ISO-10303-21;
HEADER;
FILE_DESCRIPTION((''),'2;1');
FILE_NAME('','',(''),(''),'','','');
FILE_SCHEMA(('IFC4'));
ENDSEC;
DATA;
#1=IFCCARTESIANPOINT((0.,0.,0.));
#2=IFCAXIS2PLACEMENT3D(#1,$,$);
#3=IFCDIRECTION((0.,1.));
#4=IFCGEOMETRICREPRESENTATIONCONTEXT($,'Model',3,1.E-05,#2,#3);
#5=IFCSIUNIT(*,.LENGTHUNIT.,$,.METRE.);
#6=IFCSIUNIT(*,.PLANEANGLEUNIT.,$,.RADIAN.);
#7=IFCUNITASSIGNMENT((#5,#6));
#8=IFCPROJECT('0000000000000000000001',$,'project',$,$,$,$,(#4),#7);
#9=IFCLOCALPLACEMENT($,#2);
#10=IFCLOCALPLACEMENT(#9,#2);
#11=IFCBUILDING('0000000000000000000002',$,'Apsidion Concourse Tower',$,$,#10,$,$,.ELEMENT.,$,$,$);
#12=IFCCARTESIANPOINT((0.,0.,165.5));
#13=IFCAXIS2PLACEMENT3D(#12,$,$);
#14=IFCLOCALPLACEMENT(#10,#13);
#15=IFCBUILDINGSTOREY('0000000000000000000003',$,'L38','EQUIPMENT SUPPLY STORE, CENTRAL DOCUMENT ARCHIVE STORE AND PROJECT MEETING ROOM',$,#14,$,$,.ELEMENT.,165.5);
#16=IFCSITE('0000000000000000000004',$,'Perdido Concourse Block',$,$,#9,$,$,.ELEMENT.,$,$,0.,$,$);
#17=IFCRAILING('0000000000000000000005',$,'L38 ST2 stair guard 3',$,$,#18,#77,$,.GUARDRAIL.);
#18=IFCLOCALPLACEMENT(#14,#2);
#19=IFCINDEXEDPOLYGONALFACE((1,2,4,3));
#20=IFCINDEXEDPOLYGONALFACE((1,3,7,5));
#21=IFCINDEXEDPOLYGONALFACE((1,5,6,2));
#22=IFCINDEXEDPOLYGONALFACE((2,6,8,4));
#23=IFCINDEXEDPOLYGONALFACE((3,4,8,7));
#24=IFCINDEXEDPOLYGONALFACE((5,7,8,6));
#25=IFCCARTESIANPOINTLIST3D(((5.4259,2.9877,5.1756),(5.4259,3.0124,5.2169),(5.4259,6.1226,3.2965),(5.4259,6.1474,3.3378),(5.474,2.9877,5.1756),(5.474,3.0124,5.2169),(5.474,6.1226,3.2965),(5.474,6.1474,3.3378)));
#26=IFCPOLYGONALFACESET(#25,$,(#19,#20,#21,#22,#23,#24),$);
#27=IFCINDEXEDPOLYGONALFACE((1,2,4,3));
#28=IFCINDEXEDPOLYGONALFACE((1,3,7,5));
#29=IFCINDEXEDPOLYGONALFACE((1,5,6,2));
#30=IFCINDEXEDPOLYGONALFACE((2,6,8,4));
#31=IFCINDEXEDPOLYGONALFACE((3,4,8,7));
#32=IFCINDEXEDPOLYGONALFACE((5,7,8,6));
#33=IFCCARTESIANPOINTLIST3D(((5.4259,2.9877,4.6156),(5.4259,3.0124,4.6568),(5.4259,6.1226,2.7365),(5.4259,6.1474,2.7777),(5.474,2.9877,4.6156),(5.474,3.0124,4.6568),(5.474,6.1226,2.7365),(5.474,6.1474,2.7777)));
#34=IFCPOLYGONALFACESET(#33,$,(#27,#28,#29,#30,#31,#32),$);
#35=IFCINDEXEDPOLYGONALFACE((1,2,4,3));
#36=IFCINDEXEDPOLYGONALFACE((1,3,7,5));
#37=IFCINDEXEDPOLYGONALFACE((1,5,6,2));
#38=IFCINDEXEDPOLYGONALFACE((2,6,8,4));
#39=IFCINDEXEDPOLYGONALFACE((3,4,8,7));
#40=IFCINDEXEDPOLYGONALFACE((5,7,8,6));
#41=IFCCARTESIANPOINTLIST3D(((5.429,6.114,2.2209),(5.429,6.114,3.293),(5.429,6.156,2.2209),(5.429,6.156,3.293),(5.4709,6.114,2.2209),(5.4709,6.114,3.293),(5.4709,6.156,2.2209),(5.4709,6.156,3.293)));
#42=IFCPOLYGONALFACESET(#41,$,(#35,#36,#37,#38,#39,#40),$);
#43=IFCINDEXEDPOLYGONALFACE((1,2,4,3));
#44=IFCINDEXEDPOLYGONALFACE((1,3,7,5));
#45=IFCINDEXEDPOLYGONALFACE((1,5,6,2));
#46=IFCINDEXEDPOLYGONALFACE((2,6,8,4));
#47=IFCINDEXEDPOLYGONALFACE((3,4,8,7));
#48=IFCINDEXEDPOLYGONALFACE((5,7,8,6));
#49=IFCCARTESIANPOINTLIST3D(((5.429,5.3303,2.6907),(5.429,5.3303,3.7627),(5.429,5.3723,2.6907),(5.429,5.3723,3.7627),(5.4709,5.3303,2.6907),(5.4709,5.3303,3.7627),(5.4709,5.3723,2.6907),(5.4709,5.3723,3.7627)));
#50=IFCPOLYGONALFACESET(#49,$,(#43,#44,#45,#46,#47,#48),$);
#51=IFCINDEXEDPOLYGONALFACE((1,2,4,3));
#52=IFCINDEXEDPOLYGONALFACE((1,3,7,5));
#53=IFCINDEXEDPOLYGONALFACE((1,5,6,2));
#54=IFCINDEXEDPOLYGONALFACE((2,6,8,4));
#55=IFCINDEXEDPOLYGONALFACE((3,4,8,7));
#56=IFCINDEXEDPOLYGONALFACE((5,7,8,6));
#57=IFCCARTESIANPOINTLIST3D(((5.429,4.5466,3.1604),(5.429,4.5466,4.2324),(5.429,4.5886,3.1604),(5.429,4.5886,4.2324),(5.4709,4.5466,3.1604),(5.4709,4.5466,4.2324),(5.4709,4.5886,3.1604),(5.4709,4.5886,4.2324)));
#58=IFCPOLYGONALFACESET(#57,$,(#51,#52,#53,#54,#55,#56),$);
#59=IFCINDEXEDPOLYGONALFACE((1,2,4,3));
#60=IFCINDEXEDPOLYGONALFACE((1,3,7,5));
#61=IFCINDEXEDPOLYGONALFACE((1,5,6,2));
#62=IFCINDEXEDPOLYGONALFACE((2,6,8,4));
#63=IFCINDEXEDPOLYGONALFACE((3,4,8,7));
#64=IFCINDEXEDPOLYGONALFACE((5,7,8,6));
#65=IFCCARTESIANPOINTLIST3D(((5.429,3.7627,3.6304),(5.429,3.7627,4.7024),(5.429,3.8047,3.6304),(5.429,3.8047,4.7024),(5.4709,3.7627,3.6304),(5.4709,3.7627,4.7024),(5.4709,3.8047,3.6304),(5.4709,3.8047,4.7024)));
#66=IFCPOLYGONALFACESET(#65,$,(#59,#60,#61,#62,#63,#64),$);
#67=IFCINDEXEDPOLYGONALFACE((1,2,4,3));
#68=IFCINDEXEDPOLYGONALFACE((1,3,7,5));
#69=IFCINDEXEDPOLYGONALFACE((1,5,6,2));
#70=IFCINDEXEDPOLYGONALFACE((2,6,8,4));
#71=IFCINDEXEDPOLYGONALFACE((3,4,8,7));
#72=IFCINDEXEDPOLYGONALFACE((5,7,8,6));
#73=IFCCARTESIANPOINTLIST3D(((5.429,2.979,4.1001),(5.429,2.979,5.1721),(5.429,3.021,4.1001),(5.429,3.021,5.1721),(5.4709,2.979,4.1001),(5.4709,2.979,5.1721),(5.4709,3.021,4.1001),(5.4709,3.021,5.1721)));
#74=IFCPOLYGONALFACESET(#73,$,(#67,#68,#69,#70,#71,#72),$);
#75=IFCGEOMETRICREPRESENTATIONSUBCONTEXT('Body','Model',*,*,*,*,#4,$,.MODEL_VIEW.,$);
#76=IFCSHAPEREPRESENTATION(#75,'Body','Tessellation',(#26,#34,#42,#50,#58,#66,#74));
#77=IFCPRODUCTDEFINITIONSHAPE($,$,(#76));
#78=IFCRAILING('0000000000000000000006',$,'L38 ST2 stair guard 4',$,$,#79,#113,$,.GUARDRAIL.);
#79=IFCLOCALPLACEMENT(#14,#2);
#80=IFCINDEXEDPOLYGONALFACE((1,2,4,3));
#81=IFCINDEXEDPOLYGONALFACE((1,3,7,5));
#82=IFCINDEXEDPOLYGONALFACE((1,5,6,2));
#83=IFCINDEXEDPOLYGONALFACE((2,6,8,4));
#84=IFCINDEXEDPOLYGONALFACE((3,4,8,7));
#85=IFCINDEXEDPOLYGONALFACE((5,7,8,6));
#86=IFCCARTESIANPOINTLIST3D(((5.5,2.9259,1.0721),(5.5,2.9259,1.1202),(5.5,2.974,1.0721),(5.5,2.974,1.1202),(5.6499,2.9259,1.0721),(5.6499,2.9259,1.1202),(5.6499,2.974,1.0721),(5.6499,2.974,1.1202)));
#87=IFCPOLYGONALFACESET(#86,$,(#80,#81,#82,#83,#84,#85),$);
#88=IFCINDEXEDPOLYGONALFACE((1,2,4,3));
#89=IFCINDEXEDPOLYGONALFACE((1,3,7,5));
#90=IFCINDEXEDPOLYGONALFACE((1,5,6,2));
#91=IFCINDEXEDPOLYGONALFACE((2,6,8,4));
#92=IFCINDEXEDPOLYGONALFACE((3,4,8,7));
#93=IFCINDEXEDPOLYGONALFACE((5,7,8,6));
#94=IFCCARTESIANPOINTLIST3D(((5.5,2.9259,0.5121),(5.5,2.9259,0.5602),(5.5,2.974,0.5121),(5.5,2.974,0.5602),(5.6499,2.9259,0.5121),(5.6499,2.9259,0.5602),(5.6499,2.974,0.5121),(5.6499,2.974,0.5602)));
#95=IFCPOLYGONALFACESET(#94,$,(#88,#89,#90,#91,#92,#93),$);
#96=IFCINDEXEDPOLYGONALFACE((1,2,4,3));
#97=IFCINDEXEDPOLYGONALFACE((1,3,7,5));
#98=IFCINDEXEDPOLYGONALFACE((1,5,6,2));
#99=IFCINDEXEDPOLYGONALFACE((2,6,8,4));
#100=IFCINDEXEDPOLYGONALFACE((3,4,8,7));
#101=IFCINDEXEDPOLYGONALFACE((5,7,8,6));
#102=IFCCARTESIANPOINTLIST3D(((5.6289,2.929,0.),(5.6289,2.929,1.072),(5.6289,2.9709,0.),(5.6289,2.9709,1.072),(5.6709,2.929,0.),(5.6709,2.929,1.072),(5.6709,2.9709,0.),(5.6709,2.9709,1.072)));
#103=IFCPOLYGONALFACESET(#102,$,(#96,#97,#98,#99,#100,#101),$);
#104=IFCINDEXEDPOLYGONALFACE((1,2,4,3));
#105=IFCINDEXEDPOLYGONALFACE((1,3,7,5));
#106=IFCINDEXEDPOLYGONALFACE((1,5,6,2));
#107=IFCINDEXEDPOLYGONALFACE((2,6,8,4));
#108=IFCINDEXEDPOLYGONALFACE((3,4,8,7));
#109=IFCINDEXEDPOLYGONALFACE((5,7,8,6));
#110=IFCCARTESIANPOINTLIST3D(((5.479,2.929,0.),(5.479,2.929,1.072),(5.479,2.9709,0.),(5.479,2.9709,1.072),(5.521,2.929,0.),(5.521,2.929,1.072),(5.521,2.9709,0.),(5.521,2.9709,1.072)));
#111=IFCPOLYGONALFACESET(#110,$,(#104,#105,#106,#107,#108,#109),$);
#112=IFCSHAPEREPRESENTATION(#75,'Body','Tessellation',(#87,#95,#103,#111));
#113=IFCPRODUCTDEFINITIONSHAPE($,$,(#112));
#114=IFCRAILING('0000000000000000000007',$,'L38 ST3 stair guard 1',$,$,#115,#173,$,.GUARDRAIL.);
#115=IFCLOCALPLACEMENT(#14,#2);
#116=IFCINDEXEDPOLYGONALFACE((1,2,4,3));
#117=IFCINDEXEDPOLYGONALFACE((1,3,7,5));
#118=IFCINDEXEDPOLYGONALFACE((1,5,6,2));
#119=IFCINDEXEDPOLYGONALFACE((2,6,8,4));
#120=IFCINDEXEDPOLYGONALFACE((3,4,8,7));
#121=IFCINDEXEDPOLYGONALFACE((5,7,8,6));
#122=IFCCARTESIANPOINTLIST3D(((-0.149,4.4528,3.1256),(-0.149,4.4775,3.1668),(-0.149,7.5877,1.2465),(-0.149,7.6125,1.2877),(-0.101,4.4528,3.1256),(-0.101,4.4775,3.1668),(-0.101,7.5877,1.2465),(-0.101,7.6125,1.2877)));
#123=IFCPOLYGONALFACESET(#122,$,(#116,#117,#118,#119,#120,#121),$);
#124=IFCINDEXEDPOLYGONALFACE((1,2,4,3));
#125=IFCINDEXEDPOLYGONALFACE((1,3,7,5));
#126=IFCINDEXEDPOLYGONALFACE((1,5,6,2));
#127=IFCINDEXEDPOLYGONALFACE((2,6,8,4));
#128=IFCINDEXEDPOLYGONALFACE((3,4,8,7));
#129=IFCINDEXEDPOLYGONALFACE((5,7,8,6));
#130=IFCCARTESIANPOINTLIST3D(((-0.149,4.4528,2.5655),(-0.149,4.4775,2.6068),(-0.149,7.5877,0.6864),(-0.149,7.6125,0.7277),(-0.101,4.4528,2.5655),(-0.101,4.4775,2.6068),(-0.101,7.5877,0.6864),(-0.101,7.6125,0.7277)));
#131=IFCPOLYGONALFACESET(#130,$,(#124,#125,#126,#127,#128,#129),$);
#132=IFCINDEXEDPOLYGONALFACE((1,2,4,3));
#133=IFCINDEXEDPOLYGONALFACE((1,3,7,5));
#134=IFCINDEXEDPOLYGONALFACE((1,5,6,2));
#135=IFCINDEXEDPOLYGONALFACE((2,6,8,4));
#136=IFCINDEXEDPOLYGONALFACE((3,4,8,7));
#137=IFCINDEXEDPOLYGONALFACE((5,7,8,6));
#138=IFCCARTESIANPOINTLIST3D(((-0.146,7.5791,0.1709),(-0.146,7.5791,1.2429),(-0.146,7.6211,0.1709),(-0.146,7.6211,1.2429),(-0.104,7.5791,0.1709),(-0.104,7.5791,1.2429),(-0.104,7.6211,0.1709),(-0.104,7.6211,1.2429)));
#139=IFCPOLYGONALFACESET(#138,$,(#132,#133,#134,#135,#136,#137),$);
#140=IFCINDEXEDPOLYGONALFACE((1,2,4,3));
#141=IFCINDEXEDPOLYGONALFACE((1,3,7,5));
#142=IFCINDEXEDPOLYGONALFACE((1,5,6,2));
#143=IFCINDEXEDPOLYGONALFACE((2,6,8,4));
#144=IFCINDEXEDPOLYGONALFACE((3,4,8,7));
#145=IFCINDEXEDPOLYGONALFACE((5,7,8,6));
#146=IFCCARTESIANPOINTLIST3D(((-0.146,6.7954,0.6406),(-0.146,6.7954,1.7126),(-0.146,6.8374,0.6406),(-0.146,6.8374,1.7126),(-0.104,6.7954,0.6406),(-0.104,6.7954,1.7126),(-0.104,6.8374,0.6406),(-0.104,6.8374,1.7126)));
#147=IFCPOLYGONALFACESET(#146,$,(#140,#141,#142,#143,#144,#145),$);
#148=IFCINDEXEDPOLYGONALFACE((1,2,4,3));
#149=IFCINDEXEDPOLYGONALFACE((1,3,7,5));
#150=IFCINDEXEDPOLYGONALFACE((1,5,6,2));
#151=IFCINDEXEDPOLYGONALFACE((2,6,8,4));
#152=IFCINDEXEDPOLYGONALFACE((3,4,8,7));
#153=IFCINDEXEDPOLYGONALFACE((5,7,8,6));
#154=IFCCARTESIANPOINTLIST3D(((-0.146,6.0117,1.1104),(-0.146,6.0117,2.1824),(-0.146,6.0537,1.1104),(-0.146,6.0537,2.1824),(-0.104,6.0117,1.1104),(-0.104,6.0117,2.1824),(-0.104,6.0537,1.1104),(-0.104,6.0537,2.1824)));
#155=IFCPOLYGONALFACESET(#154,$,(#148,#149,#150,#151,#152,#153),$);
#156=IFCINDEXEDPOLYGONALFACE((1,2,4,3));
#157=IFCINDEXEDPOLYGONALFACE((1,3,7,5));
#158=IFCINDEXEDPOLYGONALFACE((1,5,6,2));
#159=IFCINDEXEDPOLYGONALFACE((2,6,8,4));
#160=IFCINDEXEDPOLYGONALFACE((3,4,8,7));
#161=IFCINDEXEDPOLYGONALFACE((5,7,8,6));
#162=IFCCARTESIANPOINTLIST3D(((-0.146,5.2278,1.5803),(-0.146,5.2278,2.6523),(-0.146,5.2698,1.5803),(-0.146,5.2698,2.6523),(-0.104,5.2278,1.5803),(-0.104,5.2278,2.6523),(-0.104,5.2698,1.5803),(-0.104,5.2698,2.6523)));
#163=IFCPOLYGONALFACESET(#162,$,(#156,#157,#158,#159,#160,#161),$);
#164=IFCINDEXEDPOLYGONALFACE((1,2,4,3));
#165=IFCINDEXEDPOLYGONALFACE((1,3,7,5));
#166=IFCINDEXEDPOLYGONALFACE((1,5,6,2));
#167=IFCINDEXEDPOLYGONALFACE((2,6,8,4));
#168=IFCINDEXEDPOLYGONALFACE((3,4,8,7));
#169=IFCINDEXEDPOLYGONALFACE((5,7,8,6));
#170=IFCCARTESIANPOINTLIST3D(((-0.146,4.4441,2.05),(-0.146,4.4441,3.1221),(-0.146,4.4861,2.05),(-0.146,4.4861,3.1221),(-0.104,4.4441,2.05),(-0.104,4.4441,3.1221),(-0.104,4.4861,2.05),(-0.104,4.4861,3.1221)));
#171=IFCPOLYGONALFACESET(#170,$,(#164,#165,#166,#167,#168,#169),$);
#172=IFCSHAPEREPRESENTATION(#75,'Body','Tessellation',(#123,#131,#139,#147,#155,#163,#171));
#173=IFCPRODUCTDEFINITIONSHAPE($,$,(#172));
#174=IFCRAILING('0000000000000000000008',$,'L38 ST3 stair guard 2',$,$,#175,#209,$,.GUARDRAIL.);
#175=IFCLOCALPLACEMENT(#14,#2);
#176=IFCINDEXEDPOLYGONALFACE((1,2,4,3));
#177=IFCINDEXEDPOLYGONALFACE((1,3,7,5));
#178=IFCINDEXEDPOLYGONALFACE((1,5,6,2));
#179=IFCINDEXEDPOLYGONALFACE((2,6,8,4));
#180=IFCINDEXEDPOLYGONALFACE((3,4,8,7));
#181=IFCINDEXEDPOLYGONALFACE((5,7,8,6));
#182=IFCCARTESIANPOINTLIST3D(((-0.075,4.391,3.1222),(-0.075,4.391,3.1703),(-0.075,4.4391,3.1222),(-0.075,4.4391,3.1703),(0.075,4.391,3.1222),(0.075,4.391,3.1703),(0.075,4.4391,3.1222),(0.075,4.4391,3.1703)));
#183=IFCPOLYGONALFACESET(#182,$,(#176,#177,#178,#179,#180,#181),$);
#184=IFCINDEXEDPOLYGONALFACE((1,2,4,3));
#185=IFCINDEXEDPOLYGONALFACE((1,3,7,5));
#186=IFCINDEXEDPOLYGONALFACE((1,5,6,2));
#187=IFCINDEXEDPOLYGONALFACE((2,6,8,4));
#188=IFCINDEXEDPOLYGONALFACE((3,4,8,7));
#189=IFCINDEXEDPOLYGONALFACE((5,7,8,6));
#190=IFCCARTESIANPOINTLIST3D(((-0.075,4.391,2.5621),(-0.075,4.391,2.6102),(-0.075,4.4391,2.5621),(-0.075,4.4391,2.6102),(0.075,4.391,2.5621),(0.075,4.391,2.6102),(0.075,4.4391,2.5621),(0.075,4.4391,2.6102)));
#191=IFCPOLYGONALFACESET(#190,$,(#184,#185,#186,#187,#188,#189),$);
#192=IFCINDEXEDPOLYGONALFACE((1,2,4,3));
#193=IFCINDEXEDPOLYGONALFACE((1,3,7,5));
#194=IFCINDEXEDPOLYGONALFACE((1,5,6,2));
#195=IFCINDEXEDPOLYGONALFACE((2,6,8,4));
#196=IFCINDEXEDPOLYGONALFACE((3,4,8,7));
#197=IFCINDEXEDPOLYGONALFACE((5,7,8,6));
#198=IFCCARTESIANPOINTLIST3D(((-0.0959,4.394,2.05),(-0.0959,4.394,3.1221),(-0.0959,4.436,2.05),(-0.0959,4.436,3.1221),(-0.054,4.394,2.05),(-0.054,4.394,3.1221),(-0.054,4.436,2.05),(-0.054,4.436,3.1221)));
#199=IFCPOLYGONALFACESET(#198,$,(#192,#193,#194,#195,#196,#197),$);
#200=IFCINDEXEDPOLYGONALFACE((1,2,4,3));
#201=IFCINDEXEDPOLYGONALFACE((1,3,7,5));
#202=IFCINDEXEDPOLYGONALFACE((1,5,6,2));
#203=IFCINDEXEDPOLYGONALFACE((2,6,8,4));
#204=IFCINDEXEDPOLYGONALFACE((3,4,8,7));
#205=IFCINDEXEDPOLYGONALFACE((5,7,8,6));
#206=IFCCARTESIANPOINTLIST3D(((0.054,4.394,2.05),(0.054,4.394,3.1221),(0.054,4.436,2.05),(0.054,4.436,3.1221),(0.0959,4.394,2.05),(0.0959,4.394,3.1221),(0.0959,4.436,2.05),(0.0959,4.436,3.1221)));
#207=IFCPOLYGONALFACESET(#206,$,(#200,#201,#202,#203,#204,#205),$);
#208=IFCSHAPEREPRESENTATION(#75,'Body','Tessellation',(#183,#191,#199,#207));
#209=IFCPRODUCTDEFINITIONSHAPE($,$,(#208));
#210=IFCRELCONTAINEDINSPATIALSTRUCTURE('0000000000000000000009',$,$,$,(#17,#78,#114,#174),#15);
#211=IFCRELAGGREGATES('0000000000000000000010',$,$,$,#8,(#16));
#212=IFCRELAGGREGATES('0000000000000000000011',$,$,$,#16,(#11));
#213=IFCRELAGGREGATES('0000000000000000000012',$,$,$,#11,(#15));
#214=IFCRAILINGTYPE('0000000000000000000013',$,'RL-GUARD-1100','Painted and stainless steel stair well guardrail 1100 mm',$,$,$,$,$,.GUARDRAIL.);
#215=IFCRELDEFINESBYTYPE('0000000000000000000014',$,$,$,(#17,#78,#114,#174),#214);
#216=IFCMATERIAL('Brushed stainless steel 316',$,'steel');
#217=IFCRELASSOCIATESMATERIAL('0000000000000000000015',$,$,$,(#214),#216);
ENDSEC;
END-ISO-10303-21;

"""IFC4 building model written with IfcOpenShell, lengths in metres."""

from ifc_helpers import new_model, si_unit, direction, frame, origin, origin_2d, place, context, subcontext, project, spatial, rectangle, extrude, material, type_object, element, save


model = new_model("IFC4")

# Units and contexts
model_context = context("Model", 3, precision=1e-05, world=origin(), true_north=direction((0.0, 1.0)))
body_context = subcontext(model_context, "Body", "Model", "MODEL_VIEW")
ifc_project = project(units=[si_unit("LENGTHUNIT", "METRE"), si_unit("PLANEANGLEUNIT", "RADIAN")], contexts=[model_context])

# Site, building, storey
site_placement = place(None, origin())
site = spatial("IfcSite", under=ifc_project, at=site_placement, Name="Perdido Concourse Block", CompositionType="ELEMENT", RefElevation=0.0)
building_placement = place(site_placement, origin())
building = spatial("IfcBuilding", under=site, at=building_placement, Name="Apsidion Concourse Tower", CompositionType="ELEMENT")
storey_placement = place(building_placement, frame((0.0, 0.0, 165.5)))
storey = spatial("IfcBuildingStorey", under=building, at=storey_placement, Name="L38", Description="EQUIPMENT SUPPLY STORE, CENTRAL DOCUMENT ARCHIVE STORE AND PROJECT MEETING ROOM", CompositionType="ELEMENT", Elevation=165.5)

# Railings
ifc_material_1 = material(Name="Brushed stainless steel 316", Category="steel")
railing_type_1 = type_object("IfcRailingType", Name="RL-GUARD-1100", Description="Painted and stainless steel stair well guardrail 1100 mm", PredefinedType="GUARDRAIL", material=ifc_material_1)
railing_1_placement = place(storey_placement, frame((5.45, 6.135, 2.2209)))
element("IfcRailing", 1, at=railing_1_placement, inside=storey, type_object=railing_type_1, Name="L38 ST2 stair guard 3", PredefinedType="GUARDRAIL", context=body_context, shape_type="SweptSolid", body=[
    extrude(rectangle(XDim=0.0481, YDim=0.0481, at=origin_2d()), frame((0.0, 0.0, 1.0962), z_axis=(0.0, -0.857717, 0.514122), x_axis=(1.0, 0.0, 0.0)), (0.0, 0.0, 1.0), 3.655),
    extrude(rectangle(XDim=0.0481, YDim=0.0481, at=origin_2d()), frame((0.0, 0.0, 0.5361), z_axis=(0.0, -0.857717, 0.514122), x_axis=(1.0, 0.0, 0.0)), (0.0, 0.0, 1.0), 3.655),
    extrude(rectangle(XDim=0.042, YDim=0.042, at=origin_2d()), origin(), (0.0, 0.0, 1.0), 1.072),
    extrude(rectangle(XDim=0.042, YDim=0.042, at=origin_2d()), frame((0.0, -0.7837, 0.4697)), (0.0, 0.0, 1.0), 1.072),
    extrude(rectangle(XDim=0.042, YDim=0.042, at=origin_2d()), frame((0.0, -1.5674, 0.9395)), (0.0, 0.0, 1.0), 1.072),
    extrude(rectangle(XDim=0.042, YDim=0.042, at=origin_2d()), frame((0.0, -2.3513, 1.4094)), (0.0, 0.0, 1.0), 1.072),
    extrude(rectangle(XDim=0.042, YDim=0.042, at=origin_2d()), frame((0.0, -3.135, 1.8792)), (0.0, 0.0, 1.0), 1.072),
])
railing_2_placement = place(storey_placement, frame((5.6499, 2.95, 0.0)))
element("IfcRailing", 2, at=railing_2_placement, inside=storey, type_object=railing_type_1, Name="L38 ST2 stair guard 4", PredefinedType="GUARDRAIL", context=body_context, shape_type="SweptSolid", body=[
    extrude(rectangle(XDim=0.0481, YDim=0.0481, at=origin_2d()), frame((0.0, 0.0, 1.0962), z_axis=(-1.0, 0.0, 0.0), x_axis=(0.0, -1.0, 0.0)), (0.0, 0.0, 1.0), 0.1499),
    extrude(rectangle(XDim=0.0481, YDim=0.0481, at=origin_2d()), frame((0.0, 0.0, 0.5361), z_axis=(-1.0, 0.0, 0.0), x_axis=(0.0, -1.0, 0.0)), (0.0, 0.0, 1.0), 0.1499),
    extrude(rectangle(XDim=0.042, YDim=0.042, at=origin_2d()), origin(), (0.0, 0.0, 1.0), 1.072),
    extrude(rectangle(XDim=0.042, YDim=0.042, at=origin_2d()), frame((-0.1499, 0.0, 0.0)), (0.0, 0.0, 1.0), 1.072),
])
railing_3_placement = place(storey_placement, frame((-0.125, 7.6001, 0.1709)))
element("IfcRailing", 3, at=railing_3_placement, inside=storey, type_object=railing_type_1, Name="L38 ST3 stair guard 1", PredefinedType="GUARDRAIL", context=body_context, shape_type="SweptSolid", body=[
    extrude(rectangle(XDim=0.0481, YDim=0.0481, at=origin_2d()), frame((0.0, 0.0, 1.0962), z_axis=(0.0, -0.857717, 0.514122), x_axis=(1.0, 0.0, 0.0)), (0.0, 0.0, 1.0), 3.655),
    extrude(rectangle(XDim=0.0481, YDim=0.0481, at=origin_2d()), frame((0.0, 0.0, 0.5361), z_axis=(0.0, -0.857717, 0.514122), x_axis=(1.0, 0.0, 0.0)), (0.0, 0.0, 1.0), 3.655),
    extrude(rectangle(XDim=0.042, YDim=0.042, at=origin_2d()), origin(), (0.0, 0.0, 1.0), 1.072),
    extrude(rectangle(XDim=0.042, YDim=0.042, at=origin_2d()), frame((0.0, -0.7837, 0.4697)), (0.0, 0.0, 1.0), 1.072),
    extrude(rectangle(XDim=0.042, YDim=0.042, at=origin_2d()), frame((0.0, -1.5674, 0.9395)), (0.0, 0.0, 1.0), 1.072),
    extrude(rectangle(XDim=0.042, YDim=0.042, at=origin_2d()), frame((0.0, -2.3513, 1.4094)), (0.0, 0.0, 1.0), 1.072),
    extrude(rectangle(XDim=0.042, YDim=0.042, at=origin_2d()), frame((0.0, -3.135, 1.8792)), (0.0, 0.0, 1.0), 1.072),
])
railing_4_placement = place(storey_placement, frame((-0.075, 4.415, 2.05)))
element("IfcRailing", 4, at=railing_4_placement, inside=storey, type_object=railing_type_1, Name="L38 ST3 stair guard 2", PredefinedType="GUARDRAIL", context=body_context, shape_type="SweptSolid", body=[
    extrude(rectangle(XDim=0.0481, YDim=0.0481, at=origin_2d()), frame((0.0, 0.0, 1.0962), z_axis=(1.0, 0.0, 0.0), x_axis=(0.0, 1.0, 0.0)), (0.0, 0.0, 1.0), 0.1499),
    extrude(rectangle(XDim=0.0481, YDim=0.0481, at=origin_2d()), frame((0.0, 0.0, 0.5361), z_axis=(1.0, 0.0, 0.0), x_axis=(0.0, 1.0, 0.0)), (0.0, 0.0, 1.0), 0.1499),
    extrude(rectangle(XDim=0.042, YDim=0.042, at=origin_2d()), origin(), (0.0, 0.0, 1.0), 1.072),
    extrude(rectangle(XDim=0.042, YDim=0.042, at=origin_2d()), frame((0.1499, 0.0, 0.0)), (0.0, 0.0, 1.0), 1.072),
])

save(model, "model.ifc")
